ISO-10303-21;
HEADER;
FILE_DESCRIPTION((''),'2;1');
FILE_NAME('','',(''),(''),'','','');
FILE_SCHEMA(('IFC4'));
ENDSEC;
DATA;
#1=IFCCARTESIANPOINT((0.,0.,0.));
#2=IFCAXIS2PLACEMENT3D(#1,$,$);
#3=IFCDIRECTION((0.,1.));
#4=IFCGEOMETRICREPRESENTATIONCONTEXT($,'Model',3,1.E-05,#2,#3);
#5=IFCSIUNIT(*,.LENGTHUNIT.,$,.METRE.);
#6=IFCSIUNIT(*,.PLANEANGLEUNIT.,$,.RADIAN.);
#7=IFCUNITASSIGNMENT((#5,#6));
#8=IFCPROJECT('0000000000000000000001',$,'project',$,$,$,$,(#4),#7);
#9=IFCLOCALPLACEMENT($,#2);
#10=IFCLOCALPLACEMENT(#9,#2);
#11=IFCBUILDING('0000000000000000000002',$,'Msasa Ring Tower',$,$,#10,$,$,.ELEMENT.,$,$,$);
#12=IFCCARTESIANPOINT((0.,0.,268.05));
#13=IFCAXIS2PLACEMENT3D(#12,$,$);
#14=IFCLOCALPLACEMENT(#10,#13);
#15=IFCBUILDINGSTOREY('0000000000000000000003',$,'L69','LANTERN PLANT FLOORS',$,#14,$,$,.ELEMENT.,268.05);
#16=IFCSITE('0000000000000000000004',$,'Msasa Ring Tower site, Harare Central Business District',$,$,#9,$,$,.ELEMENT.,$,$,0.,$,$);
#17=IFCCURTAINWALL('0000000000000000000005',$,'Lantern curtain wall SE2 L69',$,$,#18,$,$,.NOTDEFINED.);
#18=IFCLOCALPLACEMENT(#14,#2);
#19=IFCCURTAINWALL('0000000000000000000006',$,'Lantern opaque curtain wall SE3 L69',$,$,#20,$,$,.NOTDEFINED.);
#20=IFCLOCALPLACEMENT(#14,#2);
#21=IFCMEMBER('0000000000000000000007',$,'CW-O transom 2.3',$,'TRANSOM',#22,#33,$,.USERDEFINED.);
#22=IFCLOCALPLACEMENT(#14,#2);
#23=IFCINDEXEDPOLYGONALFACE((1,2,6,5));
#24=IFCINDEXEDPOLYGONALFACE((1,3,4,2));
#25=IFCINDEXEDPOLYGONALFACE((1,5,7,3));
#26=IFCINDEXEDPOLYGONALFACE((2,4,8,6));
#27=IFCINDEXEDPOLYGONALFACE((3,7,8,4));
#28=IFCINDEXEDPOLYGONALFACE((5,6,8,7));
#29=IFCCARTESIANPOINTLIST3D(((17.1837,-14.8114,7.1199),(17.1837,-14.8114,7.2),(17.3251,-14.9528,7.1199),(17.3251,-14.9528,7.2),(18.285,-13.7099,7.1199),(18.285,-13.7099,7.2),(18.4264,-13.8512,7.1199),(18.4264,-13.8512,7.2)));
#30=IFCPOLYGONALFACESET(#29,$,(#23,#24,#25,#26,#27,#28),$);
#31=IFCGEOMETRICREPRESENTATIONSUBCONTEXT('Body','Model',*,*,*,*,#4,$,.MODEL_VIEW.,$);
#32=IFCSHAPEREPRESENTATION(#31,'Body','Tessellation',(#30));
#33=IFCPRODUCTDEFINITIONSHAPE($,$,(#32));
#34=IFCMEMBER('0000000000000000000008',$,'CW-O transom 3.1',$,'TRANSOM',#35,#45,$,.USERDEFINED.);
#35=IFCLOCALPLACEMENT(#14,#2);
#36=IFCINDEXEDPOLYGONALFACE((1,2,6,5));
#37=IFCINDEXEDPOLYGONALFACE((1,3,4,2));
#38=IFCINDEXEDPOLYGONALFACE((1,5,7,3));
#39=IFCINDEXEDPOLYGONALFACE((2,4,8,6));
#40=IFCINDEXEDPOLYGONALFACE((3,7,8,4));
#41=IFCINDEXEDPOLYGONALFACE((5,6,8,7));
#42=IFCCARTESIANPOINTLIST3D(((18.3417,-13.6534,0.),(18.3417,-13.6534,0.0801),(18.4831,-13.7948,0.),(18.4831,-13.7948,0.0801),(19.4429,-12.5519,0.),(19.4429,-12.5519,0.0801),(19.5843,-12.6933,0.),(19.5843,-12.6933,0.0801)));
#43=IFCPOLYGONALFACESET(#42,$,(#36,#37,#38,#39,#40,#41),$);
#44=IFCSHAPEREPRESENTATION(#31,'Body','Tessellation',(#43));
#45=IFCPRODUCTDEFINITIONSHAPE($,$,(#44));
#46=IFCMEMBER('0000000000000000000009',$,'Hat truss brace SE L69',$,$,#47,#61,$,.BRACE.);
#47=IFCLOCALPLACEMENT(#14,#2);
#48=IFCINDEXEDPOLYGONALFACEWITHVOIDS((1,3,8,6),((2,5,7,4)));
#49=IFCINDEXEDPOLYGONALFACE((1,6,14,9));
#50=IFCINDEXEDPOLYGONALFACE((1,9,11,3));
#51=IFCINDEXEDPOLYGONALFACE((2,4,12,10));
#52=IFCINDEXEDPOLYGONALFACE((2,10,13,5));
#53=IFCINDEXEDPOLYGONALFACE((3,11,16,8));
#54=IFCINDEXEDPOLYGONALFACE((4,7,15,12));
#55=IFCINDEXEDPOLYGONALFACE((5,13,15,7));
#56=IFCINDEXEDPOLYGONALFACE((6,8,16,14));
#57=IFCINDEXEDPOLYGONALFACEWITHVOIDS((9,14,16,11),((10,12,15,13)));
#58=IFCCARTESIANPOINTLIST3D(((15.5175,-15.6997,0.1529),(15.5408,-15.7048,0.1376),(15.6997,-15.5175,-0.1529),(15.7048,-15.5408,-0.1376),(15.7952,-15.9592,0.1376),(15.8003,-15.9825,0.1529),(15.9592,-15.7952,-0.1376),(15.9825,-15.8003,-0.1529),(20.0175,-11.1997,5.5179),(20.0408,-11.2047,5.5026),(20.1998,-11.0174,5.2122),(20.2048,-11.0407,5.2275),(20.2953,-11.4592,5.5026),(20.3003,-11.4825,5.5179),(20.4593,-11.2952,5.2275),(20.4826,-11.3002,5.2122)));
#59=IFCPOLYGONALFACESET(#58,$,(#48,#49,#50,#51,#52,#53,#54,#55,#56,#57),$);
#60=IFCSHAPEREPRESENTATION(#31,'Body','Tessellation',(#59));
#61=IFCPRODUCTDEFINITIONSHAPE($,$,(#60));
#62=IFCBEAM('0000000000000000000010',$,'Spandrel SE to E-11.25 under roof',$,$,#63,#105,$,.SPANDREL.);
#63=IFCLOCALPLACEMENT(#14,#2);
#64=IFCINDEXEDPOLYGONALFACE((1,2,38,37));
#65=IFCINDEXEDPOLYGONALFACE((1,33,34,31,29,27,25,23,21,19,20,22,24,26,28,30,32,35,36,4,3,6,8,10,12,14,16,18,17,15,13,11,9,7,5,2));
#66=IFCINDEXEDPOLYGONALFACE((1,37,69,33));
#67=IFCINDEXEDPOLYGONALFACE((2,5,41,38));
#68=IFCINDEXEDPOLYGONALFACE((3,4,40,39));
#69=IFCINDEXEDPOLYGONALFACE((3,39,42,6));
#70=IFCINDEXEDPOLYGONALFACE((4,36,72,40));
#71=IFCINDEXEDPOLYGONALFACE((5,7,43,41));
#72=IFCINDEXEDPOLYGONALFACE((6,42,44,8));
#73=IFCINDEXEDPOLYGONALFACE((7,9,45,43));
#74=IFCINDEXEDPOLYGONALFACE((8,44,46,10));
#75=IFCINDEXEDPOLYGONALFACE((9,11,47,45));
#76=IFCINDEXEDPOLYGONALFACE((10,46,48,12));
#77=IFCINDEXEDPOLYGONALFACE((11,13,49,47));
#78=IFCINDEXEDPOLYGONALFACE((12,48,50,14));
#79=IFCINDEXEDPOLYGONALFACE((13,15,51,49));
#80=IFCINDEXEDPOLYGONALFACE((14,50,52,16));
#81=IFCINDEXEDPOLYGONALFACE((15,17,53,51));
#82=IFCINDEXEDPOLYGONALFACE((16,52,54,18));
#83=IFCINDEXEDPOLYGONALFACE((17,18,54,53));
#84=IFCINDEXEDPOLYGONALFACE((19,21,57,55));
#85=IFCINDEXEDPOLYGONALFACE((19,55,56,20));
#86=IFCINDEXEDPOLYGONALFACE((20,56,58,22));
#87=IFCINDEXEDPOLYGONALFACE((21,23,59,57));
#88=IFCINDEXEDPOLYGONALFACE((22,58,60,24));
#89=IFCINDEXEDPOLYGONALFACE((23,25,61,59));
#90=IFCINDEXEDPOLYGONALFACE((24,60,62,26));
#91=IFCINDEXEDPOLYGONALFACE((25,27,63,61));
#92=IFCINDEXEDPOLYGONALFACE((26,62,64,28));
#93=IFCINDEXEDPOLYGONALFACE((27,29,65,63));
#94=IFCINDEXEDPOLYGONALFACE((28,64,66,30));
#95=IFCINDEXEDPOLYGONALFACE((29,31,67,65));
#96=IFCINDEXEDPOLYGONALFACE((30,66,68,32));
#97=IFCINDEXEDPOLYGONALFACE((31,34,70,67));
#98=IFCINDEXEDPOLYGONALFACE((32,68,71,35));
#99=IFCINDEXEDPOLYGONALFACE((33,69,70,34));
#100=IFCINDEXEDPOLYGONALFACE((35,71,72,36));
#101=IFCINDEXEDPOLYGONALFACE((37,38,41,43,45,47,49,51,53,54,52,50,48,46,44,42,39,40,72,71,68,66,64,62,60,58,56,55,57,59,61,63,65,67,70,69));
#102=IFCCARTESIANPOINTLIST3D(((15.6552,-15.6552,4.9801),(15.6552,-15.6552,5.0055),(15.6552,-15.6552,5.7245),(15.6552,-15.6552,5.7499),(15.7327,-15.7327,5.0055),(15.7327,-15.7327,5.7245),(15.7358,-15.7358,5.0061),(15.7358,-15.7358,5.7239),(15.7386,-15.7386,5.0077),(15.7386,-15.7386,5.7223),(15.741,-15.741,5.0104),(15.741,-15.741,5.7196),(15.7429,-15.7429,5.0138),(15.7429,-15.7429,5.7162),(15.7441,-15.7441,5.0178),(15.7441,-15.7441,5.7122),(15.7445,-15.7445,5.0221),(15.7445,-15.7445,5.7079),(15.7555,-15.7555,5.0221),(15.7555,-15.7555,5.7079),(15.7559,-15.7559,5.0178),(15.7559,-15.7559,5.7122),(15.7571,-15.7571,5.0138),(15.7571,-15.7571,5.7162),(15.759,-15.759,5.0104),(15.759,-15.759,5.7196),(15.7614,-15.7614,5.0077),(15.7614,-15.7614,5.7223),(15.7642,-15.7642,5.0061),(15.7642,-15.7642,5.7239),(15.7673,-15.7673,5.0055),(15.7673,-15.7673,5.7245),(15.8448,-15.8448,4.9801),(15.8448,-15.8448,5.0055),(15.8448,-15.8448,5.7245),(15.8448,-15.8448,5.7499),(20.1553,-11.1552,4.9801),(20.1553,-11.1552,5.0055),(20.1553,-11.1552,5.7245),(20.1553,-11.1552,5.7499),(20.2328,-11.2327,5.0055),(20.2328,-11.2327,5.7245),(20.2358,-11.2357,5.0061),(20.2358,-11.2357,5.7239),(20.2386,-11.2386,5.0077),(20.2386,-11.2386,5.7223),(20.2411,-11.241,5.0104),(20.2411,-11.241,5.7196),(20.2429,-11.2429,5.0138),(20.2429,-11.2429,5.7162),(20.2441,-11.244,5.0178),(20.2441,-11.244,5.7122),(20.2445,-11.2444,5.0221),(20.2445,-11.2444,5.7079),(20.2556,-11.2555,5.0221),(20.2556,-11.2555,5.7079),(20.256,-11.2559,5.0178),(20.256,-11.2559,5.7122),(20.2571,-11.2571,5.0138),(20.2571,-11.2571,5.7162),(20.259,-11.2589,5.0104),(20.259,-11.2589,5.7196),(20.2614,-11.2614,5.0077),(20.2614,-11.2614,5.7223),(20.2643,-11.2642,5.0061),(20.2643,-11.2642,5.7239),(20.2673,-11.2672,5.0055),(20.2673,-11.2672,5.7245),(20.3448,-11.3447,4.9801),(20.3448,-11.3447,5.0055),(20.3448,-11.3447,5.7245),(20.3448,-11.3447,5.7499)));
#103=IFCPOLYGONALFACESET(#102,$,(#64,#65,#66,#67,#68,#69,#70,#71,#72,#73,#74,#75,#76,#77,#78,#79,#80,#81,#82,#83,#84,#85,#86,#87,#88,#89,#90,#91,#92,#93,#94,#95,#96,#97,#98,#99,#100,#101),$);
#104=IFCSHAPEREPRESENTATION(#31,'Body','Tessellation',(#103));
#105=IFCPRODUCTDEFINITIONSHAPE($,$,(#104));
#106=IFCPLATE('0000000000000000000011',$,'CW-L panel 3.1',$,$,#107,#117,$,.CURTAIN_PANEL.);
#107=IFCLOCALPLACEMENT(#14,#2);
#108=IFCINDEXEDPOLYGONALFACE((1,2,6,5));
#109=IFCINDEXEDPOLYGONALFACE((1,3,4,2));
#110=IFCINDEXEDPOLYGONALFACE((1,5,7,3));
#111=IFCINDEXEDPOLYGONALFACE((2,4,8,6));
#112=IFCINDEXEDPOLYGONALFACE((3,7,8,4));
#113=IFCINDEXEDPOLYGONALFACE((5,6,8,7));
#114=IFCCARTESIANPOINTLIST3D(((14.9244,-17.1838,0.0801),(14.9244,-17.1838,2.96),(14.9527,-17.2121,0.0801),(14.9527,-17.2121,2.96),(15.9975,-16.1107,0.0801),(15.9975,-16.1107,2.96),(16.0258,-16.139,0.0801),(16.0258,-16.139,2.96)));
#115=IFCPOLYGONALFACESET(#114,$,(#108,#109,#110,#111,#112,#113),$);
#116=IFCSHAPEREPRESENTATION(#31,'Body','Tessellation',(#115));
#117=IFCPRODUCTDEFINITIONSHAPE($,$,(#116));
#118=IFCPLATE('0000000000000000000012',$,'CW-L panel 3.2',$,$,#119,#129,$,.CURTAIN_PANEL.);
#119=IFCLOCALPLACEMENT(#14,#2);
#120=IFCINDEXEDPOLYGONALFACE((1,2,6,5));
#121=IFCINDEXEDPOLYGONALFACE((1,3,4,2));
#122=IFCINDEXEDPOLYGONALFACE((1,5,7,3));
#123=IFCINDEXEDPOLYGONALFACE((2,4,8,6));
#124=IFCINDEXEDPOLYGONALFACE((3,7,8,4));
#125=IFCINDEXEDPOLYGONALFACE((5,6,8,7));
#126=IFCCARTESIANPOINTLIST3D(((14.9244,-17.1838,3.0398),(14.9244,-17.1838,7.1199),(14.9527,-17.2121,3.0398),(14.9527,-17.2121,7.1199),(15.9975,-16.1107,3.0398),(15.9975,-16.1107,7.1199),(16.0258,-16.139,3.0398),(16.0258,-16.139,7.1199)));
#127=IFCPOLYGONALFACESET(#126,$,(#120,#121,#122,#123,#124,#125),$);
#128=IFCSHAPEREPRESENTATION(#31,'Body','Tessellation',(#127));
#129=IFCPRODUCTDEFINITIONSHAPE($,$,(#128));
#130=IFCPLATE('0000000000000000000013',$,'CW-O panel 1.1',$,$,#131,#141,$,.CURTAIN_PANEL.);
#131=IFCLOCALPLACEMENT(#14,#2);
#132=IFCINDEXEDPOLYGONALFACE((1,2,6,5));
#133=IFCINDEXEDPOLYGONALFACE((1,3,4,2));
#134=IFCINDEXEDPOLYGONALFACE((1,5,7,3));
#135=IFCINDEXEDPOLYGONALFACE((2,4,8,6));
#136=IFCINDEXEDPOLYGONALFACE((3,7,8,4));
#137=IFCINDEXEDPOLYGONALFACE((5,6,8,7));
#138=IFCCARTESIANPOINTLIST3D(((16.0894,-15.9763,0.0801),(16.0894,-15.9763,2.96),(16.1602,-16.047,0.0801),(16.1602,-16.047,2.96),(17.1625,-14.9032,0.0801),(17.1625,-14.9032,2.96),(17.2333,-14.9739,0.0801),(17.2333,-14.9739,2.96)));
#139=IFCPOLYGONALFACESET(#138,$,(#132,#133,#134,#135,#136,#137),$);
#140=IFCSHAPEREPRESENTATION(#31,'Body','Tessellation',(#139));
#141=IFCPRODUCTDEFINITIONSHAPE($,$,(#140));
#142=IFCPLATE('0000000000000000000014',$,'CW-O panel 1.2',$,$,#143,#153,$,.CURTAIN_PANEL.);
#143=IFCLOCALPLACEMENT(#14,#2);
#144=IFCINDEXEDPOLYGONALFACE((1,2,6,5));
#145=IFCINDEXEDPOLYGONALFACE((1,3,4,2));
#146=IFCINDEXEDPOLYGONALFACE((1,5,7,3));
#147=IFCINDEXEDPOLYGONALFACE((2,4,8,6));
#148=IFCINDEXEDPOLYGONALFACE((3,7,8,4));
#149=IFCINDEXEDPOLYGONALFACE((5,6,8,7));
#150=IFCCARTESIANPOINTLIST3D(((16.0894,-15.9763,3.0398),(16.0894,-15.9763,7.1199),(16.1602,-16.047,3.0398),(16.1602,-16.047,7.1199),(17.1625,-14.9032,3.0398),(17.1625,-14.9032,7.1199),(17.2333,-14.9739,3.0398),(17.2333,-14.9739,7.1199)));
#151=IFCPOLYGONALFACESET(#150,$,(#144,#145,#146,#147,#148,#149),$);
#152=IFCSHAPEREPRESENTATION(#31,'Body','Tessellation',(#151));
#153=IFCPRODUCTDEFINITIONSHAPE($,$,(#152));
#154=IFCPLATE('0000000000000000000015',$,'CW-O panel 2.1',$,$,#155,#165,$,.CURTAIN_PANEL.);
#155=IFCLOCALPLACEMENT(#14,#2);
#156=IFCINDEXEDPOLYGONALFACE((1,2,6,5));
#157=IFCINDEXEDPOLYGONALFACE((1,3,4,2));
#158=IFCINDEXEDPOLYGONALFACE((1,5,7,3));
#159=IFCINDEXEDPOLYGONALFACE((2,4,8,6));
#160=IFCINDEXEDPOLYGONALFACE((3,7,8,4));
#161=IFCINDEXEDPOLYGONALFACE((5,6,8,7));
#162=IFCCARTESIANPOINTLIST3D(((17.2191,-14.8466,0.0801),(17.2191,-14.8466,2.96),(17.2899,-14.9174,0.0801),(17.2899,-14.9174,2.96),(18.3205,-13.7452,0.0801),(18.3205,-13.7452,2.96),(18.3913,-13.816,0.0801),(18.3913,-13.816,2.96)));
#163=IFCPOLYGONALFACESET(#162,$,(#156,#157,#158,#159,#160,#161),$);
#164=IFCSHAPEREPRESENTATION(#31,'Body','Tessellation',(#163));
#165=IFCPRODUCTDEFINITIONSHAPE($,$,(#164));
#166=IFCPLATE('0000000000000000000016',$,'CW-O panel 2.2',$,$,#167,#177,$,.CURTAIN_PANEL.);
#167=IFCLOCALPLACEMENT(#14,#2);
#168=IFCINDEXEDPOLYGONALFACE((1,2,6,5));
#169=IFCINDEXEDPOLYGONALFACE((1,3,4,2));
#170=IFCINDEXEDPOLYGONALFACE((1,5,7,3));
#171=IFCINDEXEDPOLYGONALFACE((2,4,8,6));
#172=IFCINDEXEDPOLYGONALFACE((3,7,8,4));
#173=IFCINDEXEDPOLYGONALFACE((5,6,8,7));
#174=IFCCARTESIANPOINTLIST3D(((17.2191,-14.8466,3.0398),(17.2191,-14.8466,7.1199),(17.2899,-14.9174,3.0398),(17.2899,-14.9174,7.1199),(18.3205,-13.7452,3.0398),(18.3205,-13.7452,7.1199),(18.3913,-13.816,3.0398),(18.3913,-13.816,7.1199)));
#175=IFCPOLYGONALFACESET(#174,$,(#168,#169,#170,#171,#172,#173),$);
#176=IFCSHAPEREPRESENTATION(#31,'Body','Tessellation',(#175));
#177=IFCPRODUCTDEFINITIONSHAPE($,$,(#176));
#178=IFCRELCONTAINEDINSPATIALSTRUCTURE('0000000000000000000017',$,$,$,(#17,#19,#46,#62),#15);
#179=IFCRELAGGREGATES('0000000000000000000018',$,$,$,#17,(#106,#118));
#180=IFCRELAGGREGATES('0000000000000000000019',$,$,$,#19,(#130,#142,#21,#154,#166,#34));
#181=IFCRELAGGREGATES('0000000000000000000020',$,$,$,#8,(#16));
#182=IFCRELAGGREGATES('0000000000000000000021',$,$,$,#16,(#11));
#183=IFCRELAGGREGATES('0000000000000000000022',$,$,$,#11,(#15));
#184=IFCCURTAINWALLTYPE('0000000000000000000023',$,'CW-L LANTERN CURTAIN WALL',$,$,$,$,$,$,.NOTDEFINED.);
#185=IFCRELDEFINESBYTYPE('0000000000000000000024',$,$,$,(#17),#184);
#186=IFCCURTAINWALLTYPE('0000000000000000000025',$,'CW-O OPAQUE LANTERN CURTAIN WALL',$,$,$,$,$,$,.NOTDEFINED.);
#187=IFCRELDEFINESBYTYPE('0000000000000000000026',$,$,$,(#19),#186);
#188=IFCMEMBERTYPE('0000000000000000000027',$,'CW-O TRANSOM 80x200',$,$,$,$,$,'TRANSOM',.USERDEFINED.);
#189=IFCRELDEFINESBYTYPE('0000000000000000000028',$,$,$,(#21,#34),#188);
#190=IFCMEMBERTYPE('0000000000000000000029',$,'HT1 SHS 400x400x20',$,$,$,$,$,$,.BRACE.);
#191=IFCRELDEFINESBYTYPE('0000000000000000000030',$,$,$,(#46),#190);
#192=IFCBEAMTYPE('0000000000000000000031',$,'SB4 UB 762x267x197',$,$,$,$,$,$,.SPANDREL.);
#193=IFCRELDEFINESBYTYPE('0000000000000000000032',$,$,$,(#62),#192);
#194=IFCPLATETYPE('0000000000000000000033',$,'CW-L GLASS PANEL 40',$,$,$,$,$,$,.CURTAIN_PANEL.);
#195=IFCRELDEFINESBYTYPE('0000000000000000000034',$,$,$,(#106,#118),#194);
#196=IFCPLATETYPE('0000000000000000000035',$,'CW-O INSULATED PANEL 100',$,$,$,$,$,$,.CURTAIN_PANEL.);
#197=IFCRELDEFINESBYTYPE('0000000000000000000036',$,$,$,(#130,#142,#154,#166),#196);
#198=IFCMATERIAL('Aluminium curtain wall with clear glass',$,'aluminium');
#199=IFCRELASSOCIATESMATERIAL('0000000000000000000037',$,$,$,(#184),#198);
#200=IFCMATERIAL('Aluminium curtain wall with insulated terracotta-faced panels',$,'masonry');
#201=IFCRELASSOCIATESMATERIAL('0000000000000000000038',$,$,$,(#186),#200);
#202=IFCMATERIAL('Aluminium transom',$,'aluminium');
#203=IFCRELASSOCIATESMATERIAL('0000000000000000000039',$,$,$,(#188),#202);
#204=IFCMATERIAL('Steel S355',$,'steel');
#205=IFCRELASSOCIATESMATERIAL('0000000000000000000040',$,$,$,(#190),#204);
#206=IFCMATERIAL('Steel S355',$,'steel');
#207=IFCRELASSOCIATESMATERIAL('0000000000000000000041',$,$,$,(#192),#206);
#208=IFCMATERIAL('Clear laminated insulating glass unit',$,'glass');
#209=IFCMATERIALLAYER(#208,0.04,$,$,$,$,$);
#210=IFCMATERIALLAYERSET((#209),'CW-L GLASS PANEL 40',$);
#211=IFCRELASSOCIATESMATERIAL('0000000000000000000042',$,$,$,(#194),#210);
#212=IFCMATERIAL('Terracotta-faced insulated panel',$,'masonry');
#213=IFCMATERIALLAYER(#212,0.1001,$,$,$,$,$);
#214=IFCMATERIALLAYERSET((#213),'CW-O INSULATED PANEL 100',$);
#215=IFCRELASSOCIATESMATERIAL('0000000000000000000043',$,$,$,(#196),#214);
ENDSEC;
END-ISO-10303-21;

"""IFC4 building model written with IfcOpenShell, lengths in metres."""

from ifc_helpers import new_model, si_unit, direction, frame, origin, origin_2d, place, context, subcontext, project, spatial, rectangle, hollow_rectangle, i_section, extrude, material, layer, layer_set, material_profile, profile_set, type_object, element, aggregate, save


model = new_model("IFC4")

# Units and contexts
model_context = context("Model", 3, precision=1e-05, world=origin(), true_north=direction((0.0, 1.0)))
body_context = subcontext(model_context, "Body", "Model", "MODEL_VIEW")
ifc_project = project(units=[si_unit("LENGTHUNIT", "METRE"), si_unit("PLANEANGLEUNIT", "RADIAN")], contexts=[model_context])

# Site, building, storey
site_placement = place(None, origin())
site = spatial("IfcSite", under=ifc_project, at=site_placement, Name="Msasa Ring Tower site, Harare Central Business District", CompositionType="ELEMENT", RefElevation=0.0)
building_placement = place(site_placement, origin())
building = spatial("IfcBuilding", under=site, at=building_placement, Name="Msasa Ring Tower", CompositionType="ELEMENT")
storey_placement = place(building_placement, frame((0.0, 0.0, 268.05)))
storey = spatial("IfcBuildingStorey", under=building, at=storey_placement, Name="L69", Description="LANTERN PLANT FLOORS", CompositionType="ELEMENT", Elevation=268.05)

# Curtain walls, members
ifc_material_1 = material(Name="Aluminium curtain wall with clear glass", Category="aluminium")
curtain_wall_type_1 = type_object("IfcCurtainWallType", Name="CW-L LANTERN CURTAIN WALL", PredefinedType="NOTDEFINED", material=ifc_material_1)
curtain_wall_1_placement = place(storey_placement, origin())
curtain_wall_1 = element("IfcCurtainWall", 1, at=curtain_wall_1_placement, inside=storey, type_object=curtain_wall_type_1, Name="Lantern curtain wall SE2 L69", PredefinedType="NOTDEFINED")
ifc_material_2 = material(Name="Aluminium curtain wall with insulated terracotta-faced panels", Category="masonry")
curtain_wall_type_2 = type_object("IfcCurtainWallType", Name="CW-O OPAQUE LANTERN CURTAIN WALL", PredefinedType="NOTDEFINED", material=ifc_material_2)
curtain_wall_2_placement = place(storey_placement, origin())
curtain_wall_2 = element("IfcCurtainWall", 2, at=curtain_wall_2_placement, inside=storey, type_object=curtain_wall_type_2, Name="Lantern opaque curtain wall SE3 L69", PredefinedType="NOTDEFINED")
ifc_material_3 = material(Name="Aluminium transom", Category="aluminium")
ifc_material_profile_1 = material_profile(ifc_material_3, rectangle(XDim=0.2, YDim=0.0801, at=origin_2d()), Name="AL 80x200")
ifc_profile_set_1 = profile_set([ifc_material_profile_1], Name="Aluminium transom")
member_type_1 = type_object("IfcMemberType", Name="CW-O TRANSOM 80x200", ElementType="TRANSOM", PredefinedType="USERDEFINED", material=ifc_profile_set_1)
member_1_placement = place(storey_placement, frame((17.2544, -14.8821, 7.1599), z_axis=(0.707028, 0.707185, 0.0), x_axis=(-0.707185, 0.707028, 0.0)))
member_1 = element("IfcMember", 3, at=member_1_placement, type_object=member_type_1, Name="CW-O transom 2.3", ObjectType="TRANSOM", PredefinedType="USERDEFINED", context=body_context, shape_type="SweptSolid", body=[
    extrude(rectangle(XDim=0.2, YDim=0.0801, at=origin_2d()), origin(), (0.0, 0.0, 1.0), 1.5576),
])
member_2_placement = place(storey_placement, frame((18.4124, -13.7241, 0.04), z_axis=(0.707028, 0.707185, 0.0), x_axis=(-0.707185, 0.707028, 0.0)))
member_2 = element("IfcMember", 4, at=member_2_placement, type_object=member_type_1, Name="CW-O transom 3.1", ObjectType="TRANSOM", PredefinedType="USERDEFINED", context=body_context, shape_type="SweptSolid", body=[
    extrude(rectangle(XDim=0.2, YDim=0.0801, at=origin_2d()), origin(), (0.0, 0.0, 1.0), 1.5576),
])

# Member
ifc_material_4 = material(Name="Steel S355", Category="steel")
ifc_material_profile_2 = material_profile(ifc_material_4, hollow_rectangle(XDim=0.3999, YDim=0.3999, WallThickness=0.02, at=origin_2d()), Name="SHS 400x400x20")
ifc_profile_set_2 = profile_set([ifc_material_profile_2], Name="Steel S355")
member_type_2 = type_object("IfcMemberType", Name="HT1 SHS 400x400x20", PredefinedType="BRACE", material=ifc_profile_set_2)
member_3_placement = place(storey_placement, frame((15.75, -15.75, 0.0), z_axis=(0.540628, 0.540628, 0.644548), x_axis=(-0.707107, 0.707107, 0.0)))
element("IfcMember", 5, at=member_3_placement, inside=storey, type_object=member_type_2, Name="Hat truss brace SE L69", PredefinedType="BRACE", context=body_context, shape_type="SweptSolid", body=[
    extrude(hollow_rectangle(XDim=0.3999, YDim=0.3999, WallThickness=0.02, at=origin_2d()), origin(), (0.0, 0.0, 1.0), 8.3237),
])

# Beam
ifc_material_5 = material(Name="Steel S355", Category="steel")
ifc_material_profile_3 = material_profile(ifc_material_5, i_section(OverallWidth=0.2681, OverallDepth=0.7698, WebThickness=0.0156, FlangeThickness=0.0254, FilletRadius=0.0166, at=origin_2d()), Name="UB 762x267x197")
ifc_profile_set_3 = profile_set([ifc_material_profile_3], Name="Steel S355")
beam_type = type_object("IfcBeamType", Name="SB4 UB 762x267x197", PredefinedType="SPANDREL", material=ifc_profile_set_3)
beam_placement = place(storey_placement, frame((15.75, -15.75, 5.365), z_axis=(0.707107, 0.707107, 0.0), x_axis=(-0.707107, 0.707107, 0.0)))
element("IfcBeam", 6, at=beam_placement, inside=storey, type_object=beam_type, Name="Spandrel SE to E-11.25 under roof", PredefinedType="SPANDREL", context=body_context, shape_type="SweptSolid", body=[
    extrude(i_section(OverallWidth=0.2681, OverallDepth=0.7698, WebThickness=0.0156, FlangeThickness=0.0254, FilletRadius=0.0166, at=origin_2d()), origin(), (0.0, 0.0, 1.0), 6.364),
])

# Plates
ifc_material_6 = material(Name="Clear laminated insulating glass unit", Category="glass")
ifc_layer_1 = layer(ifc_material_6, 0.04)
ifc_layer_set_1 = layer_set([ifc_layer_1], Name="CW-L GLASS PANEL 40")
plate_type_1 = type_object("IfcPlateType", Name="CW-L GLASS PANEL 40", PredefinedType="CURTAIN_PANEL", material=ifc_layer_set_1)
plate_1_placement = place(storey_placement, frame((15.4751, -16.6614, 0.0801), z_axis=(0.0, 0.0, 1.0), x_axis=(0.707117, 0.707097, 0.0)))
plate_1 = element("IfcPlate", 7, at=plate_1_placement, type_object=plate_type_1, Name="CW-L panel 3.1", PredefinedType="CURTAIN_PANEL", context=body_context, shape_type="SweptSolid", body=[
    extrude(rectangle(XDim=1.5176, YDim=0.04, at=origin_2d()), origin(), (0.0, 0.0, 1.0), 2.8799),
])
plate_2_placement = place(storey_placement, frame((15.4751, -16.6614, 3.0398), z_axis=(0.0, 0.0, 1.0), x_axis=(0.707117, 0.707097, 0.0)))
plate_2 = element("IfcPlate", 8, at=plate_2_placement, type_object=plate_type_1, Name="CW-L panel 3.2", PredefinedType="CURTAIN_PANEL", context=body_context, shape_type="SweptSolid", body=[
    extrude(rectangle(XDim=1.5176, YDim=0.04, at=origin_2d()), origin(), (0.0, 0.0, 1.0), 4.0801),
])
aggregate(curtain_wall_1, [plate_1, plate_2])
ifc_material_7 = material(Name="Terracotta-faced insulated panel", Category="masonry")
ifc_layer_2 = layer(ifc_material_7, 0.1001)
ifc_layer_set_2 = layer_set([ifc_layer_2], Name="CW-O INSULATED PANEL 100")
plate_type_2 = type_object("IfcPlateType", Name="CW-O INSULATED PANEL 100", PredefinedType="CURTAIN_PANEL", material=ifc_layer_set_2)
plate_3_placement = place(storey_placement, frame((16.6614, -15.4751, 0.0801), z_axis=(0.0, 0.0, 1.0), x_axis=(0.707107, 0.707107, 0.0)))
plate_3 = element("IfcPlate", 9, at=plate_3_placement, type_object=plate_type_2, Name="CW-O panel 1.1", PredefinedType="CURTAIN_PANEL", context=body_context, shape_type="SweptSolid", body=[
    extrude(rectangle(XDim=1.5176, YDim=0.1001, at=origin_2d()), origin(), (0.0, 0.0, 1.0), 2.8799),
])
plate_4_placement = place(storey_placement, frame((16.6614, -15.4751, 3.0398), z_axis=(0.0, 0.0, 1.0), x_axis=(0.707107, 0.707107, 0.0)))
plate_4 = element("IfcPlate", 10, at=plate_4_placement, type_object=plate_type_2, Name="CW-O panel 1.2", PredefinedType="CURTAIN_PANEL", context=body_context, shape_type="SweptSolid", body=[
    extrude(rectangle(XDim=1.5176, YDim=0.1001, at=origin_2d()), origin(), (0.0, 0.0, 1.0), 4.0801),
])
plate_5_placement = place(storey_placement, frame((17.8052, -14.3313, 0.0801), z_axis=(0.0, 0.0, 1.0), x_axis=(0.707107, 0.707107, 0.0)))
plate_5 = element("IfcPlate", 11, at=plate_5_placement, type_object=plate_type_2, Name="CW-O panel 2.1", PredefinedType="CURTAIN_PANEL", context=body_context, shape_type="SweptSolid", body=[
    extrude(rectangle(XDim=1.5576, YDim=0.1001, at=origin_2d()), origin(), (0.0, 0.0, 1.0), 2.8799),
])
plate_6_placement = place(storey_placement, frame((17.8052, -14.3313, 3.0398), z_axis=(0.0, 0.0, 1.0), x_axis=(0.707107, 0.707107, 0.0)))
plate_6 = element("IfcPlate", 12, at=plate_6_placement, type_object=plate_type_2, Name="CW-O panel 2.2", PredefinedType="CURTAIN_PANEL", context=body_context, shape_type="SweptSolid", body=[
    extrude(rectangle(XDim=1.5576, YDim=0.1001, at=origin_2d()), origin(), (0.0, 0.0, 1.0), 4.0801),
])
aggregate(curtain_wall_2, [plate_3, plate_4, member_1, plate_5, plate_6, member_2])

save(model, "model.ifc")
